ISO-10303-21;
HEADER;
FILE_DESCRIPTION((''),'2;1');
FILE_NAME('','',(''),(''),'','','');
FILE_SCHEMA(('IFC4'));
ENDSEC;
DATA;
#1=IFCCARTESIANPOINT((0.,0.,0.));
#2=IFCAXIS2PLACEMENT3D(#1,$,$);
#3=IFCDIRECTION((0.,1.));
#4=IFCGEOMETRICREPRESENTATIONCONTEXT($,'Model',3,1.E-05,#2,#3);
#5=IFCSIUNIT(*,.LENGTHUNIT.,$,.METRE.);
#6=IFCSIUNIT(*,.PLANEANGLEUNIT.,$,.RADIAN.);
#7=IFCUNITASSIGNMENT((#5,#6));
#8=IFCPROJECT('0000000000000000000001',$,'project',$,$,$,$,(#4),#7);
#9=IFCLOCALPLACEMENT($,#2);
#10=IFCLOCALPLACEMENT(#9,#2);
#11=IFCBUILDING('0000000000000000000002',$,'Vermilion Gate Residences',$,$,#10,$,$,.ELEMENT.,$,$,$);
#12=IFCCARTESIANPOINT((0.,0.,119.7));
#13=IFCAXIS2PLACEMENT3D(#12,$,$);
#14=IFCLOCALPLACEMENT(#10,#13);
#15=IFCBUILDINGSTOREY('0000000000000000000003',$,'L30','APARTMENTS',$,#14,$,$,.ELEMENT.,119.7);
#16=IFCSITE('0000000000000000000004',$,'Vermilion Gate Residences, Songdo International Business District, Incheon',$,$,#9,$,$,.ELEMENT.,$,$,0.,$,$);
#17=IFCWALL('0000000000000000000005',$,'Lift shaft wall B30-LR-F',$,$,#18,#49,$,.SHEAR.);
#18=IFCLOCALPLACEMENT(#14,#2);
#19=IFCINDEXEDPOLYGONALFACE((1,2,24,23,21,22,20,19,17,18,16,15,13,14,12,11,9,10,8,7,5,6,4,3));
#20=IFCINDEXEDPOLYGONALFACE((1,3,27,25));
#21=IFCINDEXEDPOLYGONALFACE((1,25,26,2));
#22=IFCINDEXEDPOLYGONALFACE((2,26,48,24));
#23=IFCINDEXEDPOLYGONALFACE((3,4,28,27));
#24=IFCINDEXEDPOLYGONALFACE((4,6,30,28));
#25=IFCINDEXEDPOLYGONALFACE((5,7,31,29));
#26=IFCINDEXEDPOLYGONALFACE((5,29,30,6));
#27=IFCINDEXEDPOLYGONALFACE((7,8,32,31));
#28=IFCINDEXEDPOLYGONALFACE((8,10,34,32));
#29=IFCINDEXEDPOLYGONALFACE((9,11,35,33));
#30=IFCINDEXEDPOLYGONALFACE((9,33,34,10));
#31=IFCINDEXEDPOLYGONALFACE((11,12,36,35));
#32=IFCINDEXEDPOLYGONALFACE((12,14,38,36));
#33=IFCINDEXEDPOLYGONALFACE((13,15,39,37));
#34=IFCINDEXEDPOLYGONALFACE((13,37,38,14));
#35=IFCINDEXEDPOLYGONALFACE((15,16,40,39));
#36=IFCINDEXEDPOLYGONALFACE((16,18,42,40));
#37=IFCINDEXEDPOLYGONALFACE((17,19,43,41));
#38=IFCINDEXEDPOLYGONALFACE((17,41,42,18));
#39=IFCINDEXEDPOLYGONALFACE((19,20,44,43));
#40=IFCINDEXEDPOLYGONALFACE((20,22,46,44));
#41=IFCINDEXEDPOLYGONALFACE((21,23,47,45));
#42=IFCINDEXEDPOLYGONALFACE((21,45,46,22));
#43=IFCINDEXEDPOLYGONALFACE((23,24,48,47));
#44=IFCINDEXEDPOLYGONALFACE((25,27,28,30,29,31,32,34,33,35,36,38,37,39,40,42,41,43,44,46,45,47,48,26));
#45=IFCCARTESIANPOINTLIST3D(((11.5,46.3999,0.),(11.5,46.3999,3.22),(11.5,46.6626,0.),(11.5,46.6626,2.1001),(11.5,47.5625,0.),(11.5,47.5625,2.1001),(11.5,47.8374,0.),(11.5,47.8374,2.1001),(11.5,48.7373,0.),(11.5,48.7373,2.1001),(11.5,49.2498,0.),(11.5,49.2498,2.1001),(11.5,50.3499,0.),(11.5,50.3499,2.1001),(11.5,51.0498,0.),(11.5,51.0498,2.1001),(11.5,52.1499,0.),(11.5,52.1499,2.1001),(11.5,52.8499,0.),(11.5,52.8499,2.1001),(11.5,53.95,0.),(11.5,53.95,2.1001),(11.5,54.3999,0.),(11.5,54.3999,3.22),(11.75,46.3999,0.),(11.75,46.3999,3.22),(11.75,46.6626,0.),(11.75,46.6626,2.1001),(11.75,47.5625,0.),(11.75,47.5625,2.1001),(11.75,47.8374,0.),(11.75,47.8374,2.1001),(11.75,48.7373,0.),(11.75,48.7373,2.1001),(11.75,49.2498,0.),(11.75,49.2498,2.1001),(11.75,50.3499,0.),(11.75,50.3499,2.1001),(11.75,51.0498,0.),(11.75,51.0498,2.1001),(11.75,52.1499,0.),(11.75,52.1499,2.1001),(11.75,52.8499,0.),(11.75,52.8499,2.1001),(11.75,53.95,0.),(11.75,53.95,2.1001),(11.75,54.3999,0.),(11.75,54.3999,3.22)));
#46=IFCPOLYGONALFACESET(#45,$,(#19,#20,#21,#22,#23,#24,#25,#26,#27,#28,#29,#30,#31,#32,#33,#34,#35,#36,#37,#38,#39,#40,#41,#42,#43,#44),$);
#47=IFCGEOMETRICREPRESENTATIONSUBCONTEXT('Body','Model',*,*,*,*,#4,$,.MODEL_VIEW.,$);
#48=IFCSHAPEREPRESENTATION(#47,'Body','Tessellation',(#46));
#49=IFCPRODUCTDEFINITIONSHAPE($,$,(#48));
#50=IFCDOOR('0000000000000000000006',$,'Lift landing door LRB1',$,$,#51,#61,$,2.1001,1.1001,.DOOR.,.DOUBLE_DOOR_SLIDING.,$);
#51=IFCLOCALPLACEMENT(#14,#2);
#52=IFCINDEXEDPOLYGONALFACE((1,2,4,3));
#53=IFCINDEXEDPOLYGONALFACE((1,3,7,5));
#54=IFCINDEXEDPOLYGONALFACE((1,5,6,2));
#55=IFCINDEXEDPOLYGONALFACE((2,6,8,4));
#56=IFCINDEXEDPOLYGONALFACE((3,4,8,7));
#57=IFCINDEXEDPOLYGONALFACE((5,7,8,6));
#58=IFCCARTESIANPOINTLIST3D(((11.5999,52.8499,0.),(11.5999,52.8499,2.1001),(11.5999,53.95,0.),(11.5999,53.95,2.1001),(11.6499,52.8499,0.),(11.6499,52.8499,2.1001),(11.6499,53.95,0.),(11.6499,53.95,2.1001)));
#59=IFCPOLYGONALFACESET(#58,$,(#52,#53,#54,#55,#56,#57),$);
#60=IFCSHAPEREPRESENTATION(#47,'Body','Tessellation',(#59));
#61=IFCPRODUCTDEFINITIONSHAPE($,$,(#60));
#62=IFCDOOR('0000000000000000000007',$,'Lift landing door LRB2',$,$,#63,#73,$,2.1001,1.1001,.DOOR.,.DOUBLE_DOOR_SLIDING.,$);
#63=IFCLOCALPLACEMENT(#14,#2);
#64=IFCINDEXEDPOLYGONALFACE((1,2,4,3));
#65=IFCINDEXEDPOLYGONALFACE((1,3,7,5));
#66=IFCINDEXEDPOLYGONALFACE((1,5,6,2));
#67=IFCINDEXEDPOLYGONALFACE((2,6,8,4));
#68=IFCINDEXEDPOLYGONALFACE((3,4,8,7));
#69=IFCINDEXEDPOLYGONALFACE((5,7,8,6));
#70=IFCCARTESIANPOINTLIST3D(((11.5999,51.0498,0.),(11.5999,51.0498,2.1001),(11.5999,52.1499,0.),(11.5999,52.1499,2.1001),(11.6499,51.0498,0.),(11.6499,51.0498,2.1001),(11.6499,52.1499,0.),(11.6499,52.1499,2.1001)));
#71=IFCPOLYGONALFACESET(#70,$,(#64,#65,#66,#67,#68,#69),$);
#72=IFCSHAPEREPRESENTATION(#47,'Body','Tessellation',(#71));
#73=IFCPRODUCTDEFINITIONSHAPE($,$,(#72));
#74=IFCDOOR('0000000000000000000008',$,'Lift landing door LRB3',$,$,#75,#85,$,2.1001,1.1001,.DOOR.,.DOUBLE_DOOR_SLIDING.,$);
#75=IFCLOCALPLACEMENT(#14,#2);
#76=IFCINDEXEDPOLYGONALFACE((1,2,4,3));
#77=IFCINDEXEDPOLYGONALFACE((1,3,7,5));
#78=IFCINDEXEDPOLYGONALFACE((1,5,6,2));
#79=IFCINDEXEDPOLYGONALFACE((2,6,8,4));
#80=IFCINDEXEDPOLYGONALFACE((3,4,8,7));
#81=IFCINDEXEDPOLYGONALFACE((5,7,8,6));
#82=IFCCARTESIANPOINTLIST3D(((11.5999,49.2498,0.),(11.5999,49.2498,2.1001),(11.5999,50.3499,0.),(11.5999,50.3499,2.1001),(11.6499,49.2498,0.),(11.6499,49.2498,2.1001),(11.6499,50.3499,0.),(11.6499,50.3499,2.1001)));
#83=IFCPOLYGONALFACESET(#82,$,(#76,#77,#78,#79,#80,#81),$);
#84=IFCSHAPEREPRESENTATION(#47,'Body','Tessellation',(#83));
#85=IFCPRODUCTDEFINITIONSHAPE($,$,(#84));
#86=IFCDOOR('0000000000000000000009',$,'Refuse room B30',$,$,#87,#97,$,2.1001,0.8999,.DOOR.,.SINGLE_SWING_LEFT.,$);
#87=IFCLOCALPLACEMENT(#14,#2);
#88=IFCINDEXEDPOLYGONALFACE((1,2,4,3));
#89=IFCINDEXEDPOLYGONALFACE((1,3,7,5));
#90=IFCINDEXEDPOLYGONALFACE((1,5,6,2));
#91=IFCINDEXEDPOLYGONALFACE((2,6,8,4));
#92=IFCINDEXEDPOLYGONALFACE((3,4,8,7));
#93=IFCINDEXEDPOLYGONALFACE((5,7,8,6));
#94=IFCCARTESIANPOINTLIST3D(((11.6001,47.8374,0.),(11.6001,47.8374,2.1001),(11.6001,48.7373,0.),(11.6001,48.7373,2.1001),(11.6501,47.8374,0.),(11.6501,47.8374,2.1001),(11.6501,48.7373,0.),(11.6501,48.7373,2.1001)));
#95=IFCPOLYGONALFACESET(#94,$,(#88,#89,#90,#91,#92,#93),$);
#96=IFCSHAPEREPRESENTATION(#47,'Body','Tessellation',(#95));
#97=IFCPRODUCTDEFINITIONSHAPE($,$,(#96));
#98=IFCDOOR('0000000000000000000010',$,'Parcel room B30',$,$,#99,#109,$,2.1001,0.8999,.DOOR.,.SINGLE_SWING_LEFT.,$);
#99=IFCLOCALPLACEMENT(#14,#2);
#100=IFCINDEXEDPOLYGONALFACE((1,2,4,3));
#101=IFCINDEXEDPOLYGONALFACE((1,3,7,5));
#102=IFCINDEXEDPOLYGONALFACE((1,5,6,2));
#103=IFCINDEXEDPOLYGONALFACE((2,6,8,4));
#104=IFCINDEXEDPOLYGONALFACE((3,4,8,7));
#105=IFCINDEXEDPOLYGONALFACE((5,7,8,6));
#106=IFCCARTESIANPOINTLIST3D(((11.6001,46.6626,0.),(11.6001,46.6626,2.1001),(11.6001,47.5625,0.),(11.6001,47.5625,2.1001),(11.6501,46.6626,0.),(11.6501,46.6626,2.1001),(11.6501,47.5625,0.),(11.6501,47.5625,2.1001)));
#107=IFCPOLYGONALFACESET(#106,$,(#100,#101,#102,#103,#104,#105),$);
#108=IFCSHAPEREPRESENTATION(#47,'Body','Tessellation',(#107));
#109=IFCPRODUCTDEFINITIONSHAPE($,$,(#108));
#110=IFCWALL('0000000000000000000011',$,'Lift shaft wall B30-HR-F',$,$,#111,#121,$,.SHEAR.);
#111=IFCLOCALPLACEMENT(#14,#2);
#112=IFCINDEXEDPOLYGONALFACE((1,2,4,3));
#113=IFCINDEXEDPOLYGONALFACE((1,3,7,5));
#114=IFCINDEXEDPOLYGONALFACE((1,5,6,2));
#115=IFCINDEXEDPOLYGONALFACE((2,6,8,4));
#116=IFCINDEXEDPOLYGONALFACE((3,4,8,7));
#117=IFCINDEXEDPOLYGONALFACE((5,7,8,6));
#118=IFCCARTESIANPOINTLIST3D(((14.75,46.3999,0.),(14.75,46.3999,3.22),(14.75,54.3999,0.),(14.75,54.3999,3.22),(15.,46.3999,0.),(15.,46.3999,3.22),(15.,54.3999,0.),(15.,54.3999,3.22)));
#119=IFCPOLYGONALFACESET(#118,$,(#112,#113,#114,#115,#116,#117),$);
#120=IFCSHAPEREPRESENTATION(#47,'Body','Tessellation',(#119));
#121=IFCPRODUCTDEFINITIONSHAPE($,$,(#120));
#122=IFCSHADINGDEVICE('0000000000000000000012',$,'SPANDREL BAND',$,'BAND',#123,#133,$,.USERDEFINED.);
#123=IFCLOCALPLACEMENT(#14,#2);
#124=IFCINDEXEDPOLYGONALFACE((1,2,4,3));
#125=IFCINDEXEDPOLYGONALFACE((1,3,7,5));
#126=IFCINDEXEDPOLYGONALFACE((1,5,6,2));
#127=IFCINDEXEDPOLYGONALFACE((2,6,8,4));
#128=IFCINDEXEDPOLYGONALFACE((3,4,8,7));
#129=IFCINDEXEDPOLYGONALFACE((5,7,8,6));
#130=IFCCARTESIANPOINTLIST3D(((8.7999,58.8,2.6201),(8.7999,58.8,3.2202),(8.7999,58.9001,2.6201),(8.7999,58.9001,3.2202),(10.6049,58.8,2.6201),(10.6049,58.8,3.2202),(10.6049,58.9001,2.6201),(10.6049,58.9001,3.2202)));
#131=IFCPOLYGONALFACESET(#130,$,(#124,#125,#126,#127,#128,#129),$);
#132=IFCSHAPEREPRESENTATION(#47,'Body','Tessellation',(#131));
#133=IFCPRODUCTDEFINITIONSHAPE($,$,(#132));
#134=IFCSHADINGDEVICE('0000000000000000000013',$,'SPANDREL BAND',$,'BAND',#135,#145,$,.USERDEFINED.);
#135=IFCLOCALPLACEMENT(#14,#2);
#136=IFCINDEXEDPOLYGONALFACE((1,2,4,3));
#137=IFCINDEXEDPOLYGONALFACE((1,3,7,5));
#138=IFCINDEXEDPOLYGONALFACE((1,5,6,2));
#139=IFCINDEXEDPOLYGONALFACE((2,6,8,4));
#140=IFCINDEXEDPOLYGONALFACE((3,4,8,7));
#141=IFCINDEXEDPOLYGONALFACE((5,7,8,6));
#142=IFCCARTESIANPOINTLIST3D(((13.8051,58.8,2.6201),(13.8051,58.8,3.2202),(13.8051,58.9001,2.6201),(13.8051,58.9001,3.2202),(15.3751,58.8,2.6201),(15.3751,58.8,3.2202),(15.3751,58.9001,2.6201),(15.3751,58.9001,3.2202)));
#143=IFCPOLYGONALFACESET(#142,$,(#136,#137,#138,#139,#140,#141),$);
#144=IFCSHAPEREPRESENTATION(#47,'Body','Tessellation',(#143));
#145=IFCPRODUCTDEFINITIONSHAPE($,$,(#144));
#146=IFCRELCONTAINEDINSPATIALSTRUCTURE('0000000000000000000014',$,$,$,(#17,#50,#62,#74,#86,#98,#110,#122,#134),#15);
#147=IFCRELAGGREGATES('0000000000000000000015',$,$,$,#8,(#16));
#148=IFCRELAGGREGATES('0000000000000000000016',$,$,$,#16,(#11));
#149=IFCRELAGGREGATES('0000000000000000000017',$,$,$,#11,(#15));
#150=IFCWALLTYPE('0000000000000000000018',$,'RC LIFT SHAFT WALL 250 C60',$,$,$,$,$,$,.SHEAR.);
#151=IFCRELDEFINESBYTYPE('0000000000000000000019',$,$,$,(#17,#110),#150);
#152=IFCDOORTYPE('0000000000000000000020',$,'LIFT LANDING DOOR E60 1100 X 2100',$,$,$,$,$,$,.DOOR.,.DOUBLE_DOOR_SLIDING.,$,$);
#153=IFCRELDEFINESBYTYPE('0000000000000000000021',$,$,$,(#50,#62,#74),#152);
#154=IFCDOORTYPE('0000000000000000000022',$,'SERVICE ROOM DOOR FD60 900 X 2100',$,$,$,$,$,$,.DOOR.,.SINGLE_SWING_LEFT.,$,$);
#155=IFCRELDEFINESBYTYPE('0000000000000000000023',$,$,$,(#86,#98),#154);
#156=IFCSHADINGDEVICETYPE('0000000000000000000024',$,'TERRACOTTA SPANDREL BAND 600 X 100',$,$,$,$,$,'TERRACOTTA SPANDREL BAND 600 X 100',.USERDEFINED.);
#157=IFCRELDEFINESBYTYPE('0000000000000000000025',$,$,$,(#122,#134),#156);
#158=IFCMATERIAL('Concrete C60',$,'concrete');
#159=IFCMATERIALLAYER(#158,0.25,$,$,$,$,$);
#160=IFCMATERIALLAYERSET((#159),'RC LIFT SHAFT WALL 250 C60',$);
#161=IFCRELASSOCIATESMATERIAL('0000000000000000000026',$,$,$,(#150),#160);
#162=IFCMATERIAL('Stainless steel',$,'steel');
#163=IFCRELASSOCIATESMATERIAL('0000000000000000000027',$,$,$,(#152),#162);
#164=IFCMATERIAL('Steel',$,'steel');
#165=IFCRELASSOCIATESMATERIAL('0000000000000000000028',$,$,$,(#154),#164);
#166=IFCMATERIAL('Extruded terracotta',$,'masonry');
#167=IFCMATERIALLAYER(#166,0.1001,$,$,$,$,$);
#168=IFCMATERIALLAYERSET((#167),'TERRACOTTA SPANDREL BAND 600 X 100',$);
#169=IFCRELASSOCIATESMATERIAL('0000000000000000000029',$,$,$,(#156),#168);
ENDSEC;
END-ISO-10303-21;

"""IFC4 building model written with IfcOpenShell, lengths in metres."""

from ifc_helpers import new_model, si_unit, direction, frame, frame_2d, origin, origin_2d, place, context, subcontext, project, spatial, rectangle, extrude, material, layer, layer_set, type_object, element, fill, save


model = new_model("IFC4")

# Units and contexts
model_context = context("Model", 3, precision=1e-05, world=origin(), true_north=direction((0.0, 1.0)))
body_context = subcontext(model_context, "Body", "Model", "MODEL_VIEW")
ifc_project = project(units=[si_unit("LENGTHUNIT", "METRE"), si_unit("PLANEANGLEUNIT", "RADIAN")], contexts=[model_context])

# Site, building, storey
site_placement = place(None, origin())
site = spatial("IfcSite", under=ifc_project, at=site_placement, Name="Vermilion Gate Residences, Songdo International Business District, Incheon", CompositionType="ELEMENT", RefElevation=0.0)
building_placement = place(site_placement, origin())
building = spatial("IfcBuilding", under=site, at=building_placement, Name="Vermilion Gate Residences", CompositionType="ELEMENT")
storey_placement = place(building_placement, frame((0.0, 0.0, 119.7)))
storey = spatial("IfcBuildingStorey", under=building, at=storey_placement, Name="L30", Description="APARTMENTS", CompositionType="ELEMENT", Elevation=119.7)

# Wall, openings, doors
ifc_material_1 = material(Name="Concrete C60", Category="concrete")
ifc_layer_1 = layer(ifc_material_1, 0.25)
ifc_layer_set_1 = layer_set([ifc_layer_1], Name="RC LIFT SHAFT WALL 250 C60")
wall_type_1 = type_object("IfcWallType", Name="RC LIFT SHAFT WALL 250 C60", PredefinedType="SHEAR", material=ifc_layer_set_1)
wall_1_placement = place(storey_placement, frame((11.625, 54.3999, 0.0), z_axis=(0.0, 0.0, 1.0), x_axis=(0.0, -1.0, 0.0)))
wall_1 = element("IfcWall", 1, at=wall_1_placement, inside=storey, type_object=wall_type_1, Name="Lift shaft wall B30-LR-F", PredefinedType="SHEAR", context=body_context, shape_type="SweptSolid", body=[
    extrude(rectangle(XDim=8.0, YDim=0.25, at=frame_2d((4.0, 0.0))), origin(), (0.0, 0.0, 1.0), 3.22),
])
opening_1_placement = place(wall_1_placement, frame((0.45, 0.0, 0.0)))
opening_1 = element("IfcOpeningElement", 2, at=opening_1_placement, cuts=wall_1, PredefinedType="OPENING", context=body_context, shape_type="SweptSolid", body=[
    extrude(rectangle(XDim=1.1001, YDim=2.1001, at=frame_2d((0.55, 1.05))), frame((0.0, 0.135, 0.0), z_axis=(0.0, -1.0, 0.0), x_axis=(1.0, 0.0, 0.0)), (0.0, 0.0, 1.0), 0.27),
])
opening_2_placement = place(wall_1_placement, frame((2.25, 0.0, 0.0)))
opening_2 = element("IfcOpeningElement", 3, at=opening_2_placement, cuts=wall_1, PredefinedType="OPENING", context=body_context, shape_type="SweptSolid", body=[
    extrude(rectangle(XDim=1.1001, YDim=2.1001, at=frame_2d((0.55, 1.05))), frame((0.0, 0.135, 0.0), z_axis=(0.0, -1.0, 0.0), x_axis=(1.0, 0.0, 0.0)), (0.0, 0.0, 1.0), 0.27),
])
opening_3_placement = place(wall_1_placement, frame((4.05, 0.0, 0.0)))
opening_3 = element("IfcOpeningElement", 4, at=opening_3_placement, cuts=wall_1, PredefinedType="OPENING", context=body_context, shape_type="SweptSolid", body=[
    extrude(rectangle(XDim=1.1001, YDim=2.1001, at=frame_2d((0.55, 1.05))), frame((0.0, 0.135, 0.0), z_axis=(0.0, -1.0, 0.0), x_axis=(1.0, 0.0, 0.0)), (0.0, 0.0, 1.0), 0.27),
])
opening_4_placement = place(wall_1_placement, frame((5.6626, 0.0, 0.0)))
opening_4 = element("IfcOpeningElement", 5, at=opening_4_placement, cuts=wall_1, PredefinedType="OPENING", context=body_context, shape_type="SweptSolid", body=[
    extrude(rectangle(XDim=0.8999, YDim=2.1001, at=frame_2d((0.45, 1.05))), frame((0.0, 0.135, 0.0), z_axis=(0.0, -1.0, 0.0), x_axis=(1.0, 0.0, 0.0)), (0.0, 0.0, 1.0), 0.27),
])
opening_5_placement = place(wall_1_placement, frame((6.8374, 0.0, 0.0)))
opening_5 = element("IfcOpeningElement", 6, at=opening_5_placement, cuts=wall_1, PredefinedType="OPENING", context=body_context, shape_type="SweptSolid", body=[
    extrude(rectangle(XDim=0.8999, YDim=2.1001, at=frame_2d((0.45, 1.05))), frame((0.0, 0.135, 0.0), z_axis=(0.0, -1.0, 0.0), x_axis=(1.0, 0.0, 0.0)), (0.0, 0.0, 1.0), 0.27),
])
ifc_material_2 = material(Name="Stainless steel", Category="steel")
door_type_1 = type_object("IfcDoorType", Name="LIFT LANDING DOOR E60 1100 X 2100", OperationType="DOUBLE_DOOR_SLIDING", PredefinedType="DOOR", material=ifc_material_2)
door_1_placement = place(opening_1_placement, origin())
door_1 = element("IfcDoor", 7, at=door_1_placement, inside=storey, type_object=door_type_1, Name="Lift landing door LRB1", OperationType="DOUBLE_DOOR_SLIDING", OverallHeight=2.1001, OverallWidth=1.1001, PredefinedType="DOOR", context=body_context, shape_type="SweptSolid", body=[
    extrude(rectangle(XDim=1.1001, YDim=2.1001, at=frame_2d((0.55, 1.05))), frame((0.0, 0.0249, 0.0), z_axis=(0.0, -1.0, 0.0), x_axis=(1.0, 0.0, 0.0)), (0.0, 0.0, 1.0), 0.05),
])
fill(opening_1, door_1)
door_2_placement = place(opening_2_placement, origin())
door_2 = element("IfcDoor", 8, at=door_2_placement, inside=storey, type_object=door_type_1, Name="Lift landing door LRB2", OperationType="DOUBLE_DOOR_SLIDING", OverallHeight=2.1001, OverallWidth=1.1001, PredefinedType="DOOR", context=body_context, shape_type="SweptSolid", body=[
    extrude(rectangle(XDim=1.1001, YDim=2.1001, at=frame_2d((0.55, 1.05))), frame((0.0, 0.0249, 0.0), z_axis=(0.0, -1.0, 0.0), x_axis=(1.0, 0.0, 0.0)), (0.0, 0.0, 1.0), 0.05),
])
fill(opening_2, door_2)
door_3_placement = place(opening_3_placement, origin())
door_3 = element("IfcDoor", 9, at=door_3_placement, inside=storey, type_object=door_type_1, Name="Lift landing door LRB3", OperationType="DOUBLE_DOOR_SLIDING", OverallHeight=2.1001, OverallWidth=1.1001, PredefinedType="DOOR", context=body_context, shape_type="SweptSolid", body=[
    extrude(rectangle(XDim=1.1001, YDim=2.1001, at=frame_2d((0.55, 1.05))), frame((0.0, 0.0249, 0.0), z_axis=(0.0, -1.0, 0.0), x_axis=(1.0, 0.0, 0.0)), (0.0, 0.0, 1.0), 0.05),
])
fill(opening_3, door_3)
ifc_material_3 = material(Name="Steel", Category="steel")
door_type_2 = type_object("IfcDoorType", Name="SERVICE ROOM DOOR FD60 900 X 2100", OperationType="SINGLE_SWING_LEFT", PredefinedType="DOOR", material=ifc_material_3)
door_4_placement = place(opening_4_placement, frame((0.8999, 0.0, 0.0), z_axis=(0.0, 0.0, 1.0), x_axis=(-1.0, 0.0, 0.0)))
door_4 = element("IfcDoor", 10, at=door_4_placement, inside=storey, type_object=door_type_2, Name="Refuse room B30", OperationType="SINGLE_SWING_LEFT", OverallHeight=2.1001, OverallWidth=0.8999, PredefinedType="DOOR", context=body_context, shape_type="SweptSolid", body=[
    extrude(rectangle(XDim=0.8999, YDim=2.1001, at=frame_2d((0.45, 1.05))), frame((0.0, 0.0249, 0.0), z_axis=(0.0, -1.0, 0.0), x_axis=(1.0, 0.0, 0.0)), (0.0, 0.0, 1.0), 0.05),
])
fill(opening_4, door_4)
door_5_placement = place(opening_5_placement, frame((0.8999, 0.0, 0.0), z_axis=(0.0, 0.0, 1.0), x_axis=(-1.0, 0.0, 0.0)))
door_5 = element("IfcDoor", 11, at=door_5_placement, inside=storey, type_object=door_type_2, Name="Parcel room B30", OperationType="SINGLE_SWING_LEFT", OverallHeight=2.1001, OverallWidth=0.8999, PredefinedType="DOOR", context=body_context, shape_type="SweptSolid", body=[
    extrude(rectangle(XDim=0.8999, YDim=2.1001, at=frame_2d((0.45, 1.05))), frame((0.0, 0.0249, 0.0), z_axis=(0.0, -1.0, 0.0), x_axis=(1.0, 0.0, 0.0)), (0.0, 0.0, 1.0), 0.05),
])
fill(opening_5, door_5)

# Wall
wall_2_placement = place(storey_placement, frame((14.875, 54.3999, 0.0), z_axis=(0.0, 0.0, 1.0), x_axis=(0.0, -1.0, 0.0)))
element("IfcWall", 12, at=wall_2_placement, inside=storey, type_object=wall_type_1, Name="Lift shaft wall B30-HR-F", PredefinedType="SHEAR", context=body_context, shape_type="SweptSolid", body=[
    extrude(rectangle(XDim=8.0, YDim=0.25, at=frame_2d((4.0, 0.0))), origin(), (0.0, 0.0, 1.0), 3.22),
])

# Shading devices
ifc_material_4 = material(Name="Extruded terracotta", Category="masonry")
ifc_layer_2 = layer(ifc_material_4, 0.1001)
ifc_layer_set_2 = layer_set([ifc_layer_2], Name="TERRACOTTA SPANDREL BAND 600 X 100")
shading_device_type = type_object("IfcShadingDeviceType", Name="TERRACOTTA SPANDREL BAND 600 X 100", ElementType="TERRACOTTA SPANDREL BAND 600 X 100", PredefinedType="USERDEFINED", material=ifc_layer_set_2)
shading_device_1_placement = place(storey_placement, frame((9.7024, 58.8501, 2.6201), z_axis=(0.0, 0.0, 1.0), x_axis=(1.0, 0.0, 0.0)))
element("IfcShadingDevice", 13, at=shading_device_1_placement, inside=storey, type_object=shading_device_type, Name="SPANDREL BAND", ObjectType="BAND", PredefinedType="USERDEFINED", context=body_context, shape_type="SweptSolid", body=[
    extrude(rectangle(XDim=1.8049, YDim=0.1001, at=origin_2d()), origin(), (0.0, 0.0, 1.0), 0.6001),
])
shading_device_2_placement = place(storey_placement, frame((14.5901, 58.8501, 2.6201), z_axis=(0.0, 0.0, 1.0), x_axis=(1.0, 0.0, 0.0)))
element("IfcShadingDevice", 14, at=shading_device_2_placement, inside=storey, type_object=shading_device_type, Name="SPANDREL BAND", ObjectType="BAND", PredefinedType="USERDEFINED", context=body_context, shape_type="SweptSolid", body=[
    extrude(rectangle(XDim=1.5701, YDim=0.1001, at=origin_2d()), origin(), (0.0, 0.0, 1.0), 0.6001),
])

save(model, "model.ifc")
